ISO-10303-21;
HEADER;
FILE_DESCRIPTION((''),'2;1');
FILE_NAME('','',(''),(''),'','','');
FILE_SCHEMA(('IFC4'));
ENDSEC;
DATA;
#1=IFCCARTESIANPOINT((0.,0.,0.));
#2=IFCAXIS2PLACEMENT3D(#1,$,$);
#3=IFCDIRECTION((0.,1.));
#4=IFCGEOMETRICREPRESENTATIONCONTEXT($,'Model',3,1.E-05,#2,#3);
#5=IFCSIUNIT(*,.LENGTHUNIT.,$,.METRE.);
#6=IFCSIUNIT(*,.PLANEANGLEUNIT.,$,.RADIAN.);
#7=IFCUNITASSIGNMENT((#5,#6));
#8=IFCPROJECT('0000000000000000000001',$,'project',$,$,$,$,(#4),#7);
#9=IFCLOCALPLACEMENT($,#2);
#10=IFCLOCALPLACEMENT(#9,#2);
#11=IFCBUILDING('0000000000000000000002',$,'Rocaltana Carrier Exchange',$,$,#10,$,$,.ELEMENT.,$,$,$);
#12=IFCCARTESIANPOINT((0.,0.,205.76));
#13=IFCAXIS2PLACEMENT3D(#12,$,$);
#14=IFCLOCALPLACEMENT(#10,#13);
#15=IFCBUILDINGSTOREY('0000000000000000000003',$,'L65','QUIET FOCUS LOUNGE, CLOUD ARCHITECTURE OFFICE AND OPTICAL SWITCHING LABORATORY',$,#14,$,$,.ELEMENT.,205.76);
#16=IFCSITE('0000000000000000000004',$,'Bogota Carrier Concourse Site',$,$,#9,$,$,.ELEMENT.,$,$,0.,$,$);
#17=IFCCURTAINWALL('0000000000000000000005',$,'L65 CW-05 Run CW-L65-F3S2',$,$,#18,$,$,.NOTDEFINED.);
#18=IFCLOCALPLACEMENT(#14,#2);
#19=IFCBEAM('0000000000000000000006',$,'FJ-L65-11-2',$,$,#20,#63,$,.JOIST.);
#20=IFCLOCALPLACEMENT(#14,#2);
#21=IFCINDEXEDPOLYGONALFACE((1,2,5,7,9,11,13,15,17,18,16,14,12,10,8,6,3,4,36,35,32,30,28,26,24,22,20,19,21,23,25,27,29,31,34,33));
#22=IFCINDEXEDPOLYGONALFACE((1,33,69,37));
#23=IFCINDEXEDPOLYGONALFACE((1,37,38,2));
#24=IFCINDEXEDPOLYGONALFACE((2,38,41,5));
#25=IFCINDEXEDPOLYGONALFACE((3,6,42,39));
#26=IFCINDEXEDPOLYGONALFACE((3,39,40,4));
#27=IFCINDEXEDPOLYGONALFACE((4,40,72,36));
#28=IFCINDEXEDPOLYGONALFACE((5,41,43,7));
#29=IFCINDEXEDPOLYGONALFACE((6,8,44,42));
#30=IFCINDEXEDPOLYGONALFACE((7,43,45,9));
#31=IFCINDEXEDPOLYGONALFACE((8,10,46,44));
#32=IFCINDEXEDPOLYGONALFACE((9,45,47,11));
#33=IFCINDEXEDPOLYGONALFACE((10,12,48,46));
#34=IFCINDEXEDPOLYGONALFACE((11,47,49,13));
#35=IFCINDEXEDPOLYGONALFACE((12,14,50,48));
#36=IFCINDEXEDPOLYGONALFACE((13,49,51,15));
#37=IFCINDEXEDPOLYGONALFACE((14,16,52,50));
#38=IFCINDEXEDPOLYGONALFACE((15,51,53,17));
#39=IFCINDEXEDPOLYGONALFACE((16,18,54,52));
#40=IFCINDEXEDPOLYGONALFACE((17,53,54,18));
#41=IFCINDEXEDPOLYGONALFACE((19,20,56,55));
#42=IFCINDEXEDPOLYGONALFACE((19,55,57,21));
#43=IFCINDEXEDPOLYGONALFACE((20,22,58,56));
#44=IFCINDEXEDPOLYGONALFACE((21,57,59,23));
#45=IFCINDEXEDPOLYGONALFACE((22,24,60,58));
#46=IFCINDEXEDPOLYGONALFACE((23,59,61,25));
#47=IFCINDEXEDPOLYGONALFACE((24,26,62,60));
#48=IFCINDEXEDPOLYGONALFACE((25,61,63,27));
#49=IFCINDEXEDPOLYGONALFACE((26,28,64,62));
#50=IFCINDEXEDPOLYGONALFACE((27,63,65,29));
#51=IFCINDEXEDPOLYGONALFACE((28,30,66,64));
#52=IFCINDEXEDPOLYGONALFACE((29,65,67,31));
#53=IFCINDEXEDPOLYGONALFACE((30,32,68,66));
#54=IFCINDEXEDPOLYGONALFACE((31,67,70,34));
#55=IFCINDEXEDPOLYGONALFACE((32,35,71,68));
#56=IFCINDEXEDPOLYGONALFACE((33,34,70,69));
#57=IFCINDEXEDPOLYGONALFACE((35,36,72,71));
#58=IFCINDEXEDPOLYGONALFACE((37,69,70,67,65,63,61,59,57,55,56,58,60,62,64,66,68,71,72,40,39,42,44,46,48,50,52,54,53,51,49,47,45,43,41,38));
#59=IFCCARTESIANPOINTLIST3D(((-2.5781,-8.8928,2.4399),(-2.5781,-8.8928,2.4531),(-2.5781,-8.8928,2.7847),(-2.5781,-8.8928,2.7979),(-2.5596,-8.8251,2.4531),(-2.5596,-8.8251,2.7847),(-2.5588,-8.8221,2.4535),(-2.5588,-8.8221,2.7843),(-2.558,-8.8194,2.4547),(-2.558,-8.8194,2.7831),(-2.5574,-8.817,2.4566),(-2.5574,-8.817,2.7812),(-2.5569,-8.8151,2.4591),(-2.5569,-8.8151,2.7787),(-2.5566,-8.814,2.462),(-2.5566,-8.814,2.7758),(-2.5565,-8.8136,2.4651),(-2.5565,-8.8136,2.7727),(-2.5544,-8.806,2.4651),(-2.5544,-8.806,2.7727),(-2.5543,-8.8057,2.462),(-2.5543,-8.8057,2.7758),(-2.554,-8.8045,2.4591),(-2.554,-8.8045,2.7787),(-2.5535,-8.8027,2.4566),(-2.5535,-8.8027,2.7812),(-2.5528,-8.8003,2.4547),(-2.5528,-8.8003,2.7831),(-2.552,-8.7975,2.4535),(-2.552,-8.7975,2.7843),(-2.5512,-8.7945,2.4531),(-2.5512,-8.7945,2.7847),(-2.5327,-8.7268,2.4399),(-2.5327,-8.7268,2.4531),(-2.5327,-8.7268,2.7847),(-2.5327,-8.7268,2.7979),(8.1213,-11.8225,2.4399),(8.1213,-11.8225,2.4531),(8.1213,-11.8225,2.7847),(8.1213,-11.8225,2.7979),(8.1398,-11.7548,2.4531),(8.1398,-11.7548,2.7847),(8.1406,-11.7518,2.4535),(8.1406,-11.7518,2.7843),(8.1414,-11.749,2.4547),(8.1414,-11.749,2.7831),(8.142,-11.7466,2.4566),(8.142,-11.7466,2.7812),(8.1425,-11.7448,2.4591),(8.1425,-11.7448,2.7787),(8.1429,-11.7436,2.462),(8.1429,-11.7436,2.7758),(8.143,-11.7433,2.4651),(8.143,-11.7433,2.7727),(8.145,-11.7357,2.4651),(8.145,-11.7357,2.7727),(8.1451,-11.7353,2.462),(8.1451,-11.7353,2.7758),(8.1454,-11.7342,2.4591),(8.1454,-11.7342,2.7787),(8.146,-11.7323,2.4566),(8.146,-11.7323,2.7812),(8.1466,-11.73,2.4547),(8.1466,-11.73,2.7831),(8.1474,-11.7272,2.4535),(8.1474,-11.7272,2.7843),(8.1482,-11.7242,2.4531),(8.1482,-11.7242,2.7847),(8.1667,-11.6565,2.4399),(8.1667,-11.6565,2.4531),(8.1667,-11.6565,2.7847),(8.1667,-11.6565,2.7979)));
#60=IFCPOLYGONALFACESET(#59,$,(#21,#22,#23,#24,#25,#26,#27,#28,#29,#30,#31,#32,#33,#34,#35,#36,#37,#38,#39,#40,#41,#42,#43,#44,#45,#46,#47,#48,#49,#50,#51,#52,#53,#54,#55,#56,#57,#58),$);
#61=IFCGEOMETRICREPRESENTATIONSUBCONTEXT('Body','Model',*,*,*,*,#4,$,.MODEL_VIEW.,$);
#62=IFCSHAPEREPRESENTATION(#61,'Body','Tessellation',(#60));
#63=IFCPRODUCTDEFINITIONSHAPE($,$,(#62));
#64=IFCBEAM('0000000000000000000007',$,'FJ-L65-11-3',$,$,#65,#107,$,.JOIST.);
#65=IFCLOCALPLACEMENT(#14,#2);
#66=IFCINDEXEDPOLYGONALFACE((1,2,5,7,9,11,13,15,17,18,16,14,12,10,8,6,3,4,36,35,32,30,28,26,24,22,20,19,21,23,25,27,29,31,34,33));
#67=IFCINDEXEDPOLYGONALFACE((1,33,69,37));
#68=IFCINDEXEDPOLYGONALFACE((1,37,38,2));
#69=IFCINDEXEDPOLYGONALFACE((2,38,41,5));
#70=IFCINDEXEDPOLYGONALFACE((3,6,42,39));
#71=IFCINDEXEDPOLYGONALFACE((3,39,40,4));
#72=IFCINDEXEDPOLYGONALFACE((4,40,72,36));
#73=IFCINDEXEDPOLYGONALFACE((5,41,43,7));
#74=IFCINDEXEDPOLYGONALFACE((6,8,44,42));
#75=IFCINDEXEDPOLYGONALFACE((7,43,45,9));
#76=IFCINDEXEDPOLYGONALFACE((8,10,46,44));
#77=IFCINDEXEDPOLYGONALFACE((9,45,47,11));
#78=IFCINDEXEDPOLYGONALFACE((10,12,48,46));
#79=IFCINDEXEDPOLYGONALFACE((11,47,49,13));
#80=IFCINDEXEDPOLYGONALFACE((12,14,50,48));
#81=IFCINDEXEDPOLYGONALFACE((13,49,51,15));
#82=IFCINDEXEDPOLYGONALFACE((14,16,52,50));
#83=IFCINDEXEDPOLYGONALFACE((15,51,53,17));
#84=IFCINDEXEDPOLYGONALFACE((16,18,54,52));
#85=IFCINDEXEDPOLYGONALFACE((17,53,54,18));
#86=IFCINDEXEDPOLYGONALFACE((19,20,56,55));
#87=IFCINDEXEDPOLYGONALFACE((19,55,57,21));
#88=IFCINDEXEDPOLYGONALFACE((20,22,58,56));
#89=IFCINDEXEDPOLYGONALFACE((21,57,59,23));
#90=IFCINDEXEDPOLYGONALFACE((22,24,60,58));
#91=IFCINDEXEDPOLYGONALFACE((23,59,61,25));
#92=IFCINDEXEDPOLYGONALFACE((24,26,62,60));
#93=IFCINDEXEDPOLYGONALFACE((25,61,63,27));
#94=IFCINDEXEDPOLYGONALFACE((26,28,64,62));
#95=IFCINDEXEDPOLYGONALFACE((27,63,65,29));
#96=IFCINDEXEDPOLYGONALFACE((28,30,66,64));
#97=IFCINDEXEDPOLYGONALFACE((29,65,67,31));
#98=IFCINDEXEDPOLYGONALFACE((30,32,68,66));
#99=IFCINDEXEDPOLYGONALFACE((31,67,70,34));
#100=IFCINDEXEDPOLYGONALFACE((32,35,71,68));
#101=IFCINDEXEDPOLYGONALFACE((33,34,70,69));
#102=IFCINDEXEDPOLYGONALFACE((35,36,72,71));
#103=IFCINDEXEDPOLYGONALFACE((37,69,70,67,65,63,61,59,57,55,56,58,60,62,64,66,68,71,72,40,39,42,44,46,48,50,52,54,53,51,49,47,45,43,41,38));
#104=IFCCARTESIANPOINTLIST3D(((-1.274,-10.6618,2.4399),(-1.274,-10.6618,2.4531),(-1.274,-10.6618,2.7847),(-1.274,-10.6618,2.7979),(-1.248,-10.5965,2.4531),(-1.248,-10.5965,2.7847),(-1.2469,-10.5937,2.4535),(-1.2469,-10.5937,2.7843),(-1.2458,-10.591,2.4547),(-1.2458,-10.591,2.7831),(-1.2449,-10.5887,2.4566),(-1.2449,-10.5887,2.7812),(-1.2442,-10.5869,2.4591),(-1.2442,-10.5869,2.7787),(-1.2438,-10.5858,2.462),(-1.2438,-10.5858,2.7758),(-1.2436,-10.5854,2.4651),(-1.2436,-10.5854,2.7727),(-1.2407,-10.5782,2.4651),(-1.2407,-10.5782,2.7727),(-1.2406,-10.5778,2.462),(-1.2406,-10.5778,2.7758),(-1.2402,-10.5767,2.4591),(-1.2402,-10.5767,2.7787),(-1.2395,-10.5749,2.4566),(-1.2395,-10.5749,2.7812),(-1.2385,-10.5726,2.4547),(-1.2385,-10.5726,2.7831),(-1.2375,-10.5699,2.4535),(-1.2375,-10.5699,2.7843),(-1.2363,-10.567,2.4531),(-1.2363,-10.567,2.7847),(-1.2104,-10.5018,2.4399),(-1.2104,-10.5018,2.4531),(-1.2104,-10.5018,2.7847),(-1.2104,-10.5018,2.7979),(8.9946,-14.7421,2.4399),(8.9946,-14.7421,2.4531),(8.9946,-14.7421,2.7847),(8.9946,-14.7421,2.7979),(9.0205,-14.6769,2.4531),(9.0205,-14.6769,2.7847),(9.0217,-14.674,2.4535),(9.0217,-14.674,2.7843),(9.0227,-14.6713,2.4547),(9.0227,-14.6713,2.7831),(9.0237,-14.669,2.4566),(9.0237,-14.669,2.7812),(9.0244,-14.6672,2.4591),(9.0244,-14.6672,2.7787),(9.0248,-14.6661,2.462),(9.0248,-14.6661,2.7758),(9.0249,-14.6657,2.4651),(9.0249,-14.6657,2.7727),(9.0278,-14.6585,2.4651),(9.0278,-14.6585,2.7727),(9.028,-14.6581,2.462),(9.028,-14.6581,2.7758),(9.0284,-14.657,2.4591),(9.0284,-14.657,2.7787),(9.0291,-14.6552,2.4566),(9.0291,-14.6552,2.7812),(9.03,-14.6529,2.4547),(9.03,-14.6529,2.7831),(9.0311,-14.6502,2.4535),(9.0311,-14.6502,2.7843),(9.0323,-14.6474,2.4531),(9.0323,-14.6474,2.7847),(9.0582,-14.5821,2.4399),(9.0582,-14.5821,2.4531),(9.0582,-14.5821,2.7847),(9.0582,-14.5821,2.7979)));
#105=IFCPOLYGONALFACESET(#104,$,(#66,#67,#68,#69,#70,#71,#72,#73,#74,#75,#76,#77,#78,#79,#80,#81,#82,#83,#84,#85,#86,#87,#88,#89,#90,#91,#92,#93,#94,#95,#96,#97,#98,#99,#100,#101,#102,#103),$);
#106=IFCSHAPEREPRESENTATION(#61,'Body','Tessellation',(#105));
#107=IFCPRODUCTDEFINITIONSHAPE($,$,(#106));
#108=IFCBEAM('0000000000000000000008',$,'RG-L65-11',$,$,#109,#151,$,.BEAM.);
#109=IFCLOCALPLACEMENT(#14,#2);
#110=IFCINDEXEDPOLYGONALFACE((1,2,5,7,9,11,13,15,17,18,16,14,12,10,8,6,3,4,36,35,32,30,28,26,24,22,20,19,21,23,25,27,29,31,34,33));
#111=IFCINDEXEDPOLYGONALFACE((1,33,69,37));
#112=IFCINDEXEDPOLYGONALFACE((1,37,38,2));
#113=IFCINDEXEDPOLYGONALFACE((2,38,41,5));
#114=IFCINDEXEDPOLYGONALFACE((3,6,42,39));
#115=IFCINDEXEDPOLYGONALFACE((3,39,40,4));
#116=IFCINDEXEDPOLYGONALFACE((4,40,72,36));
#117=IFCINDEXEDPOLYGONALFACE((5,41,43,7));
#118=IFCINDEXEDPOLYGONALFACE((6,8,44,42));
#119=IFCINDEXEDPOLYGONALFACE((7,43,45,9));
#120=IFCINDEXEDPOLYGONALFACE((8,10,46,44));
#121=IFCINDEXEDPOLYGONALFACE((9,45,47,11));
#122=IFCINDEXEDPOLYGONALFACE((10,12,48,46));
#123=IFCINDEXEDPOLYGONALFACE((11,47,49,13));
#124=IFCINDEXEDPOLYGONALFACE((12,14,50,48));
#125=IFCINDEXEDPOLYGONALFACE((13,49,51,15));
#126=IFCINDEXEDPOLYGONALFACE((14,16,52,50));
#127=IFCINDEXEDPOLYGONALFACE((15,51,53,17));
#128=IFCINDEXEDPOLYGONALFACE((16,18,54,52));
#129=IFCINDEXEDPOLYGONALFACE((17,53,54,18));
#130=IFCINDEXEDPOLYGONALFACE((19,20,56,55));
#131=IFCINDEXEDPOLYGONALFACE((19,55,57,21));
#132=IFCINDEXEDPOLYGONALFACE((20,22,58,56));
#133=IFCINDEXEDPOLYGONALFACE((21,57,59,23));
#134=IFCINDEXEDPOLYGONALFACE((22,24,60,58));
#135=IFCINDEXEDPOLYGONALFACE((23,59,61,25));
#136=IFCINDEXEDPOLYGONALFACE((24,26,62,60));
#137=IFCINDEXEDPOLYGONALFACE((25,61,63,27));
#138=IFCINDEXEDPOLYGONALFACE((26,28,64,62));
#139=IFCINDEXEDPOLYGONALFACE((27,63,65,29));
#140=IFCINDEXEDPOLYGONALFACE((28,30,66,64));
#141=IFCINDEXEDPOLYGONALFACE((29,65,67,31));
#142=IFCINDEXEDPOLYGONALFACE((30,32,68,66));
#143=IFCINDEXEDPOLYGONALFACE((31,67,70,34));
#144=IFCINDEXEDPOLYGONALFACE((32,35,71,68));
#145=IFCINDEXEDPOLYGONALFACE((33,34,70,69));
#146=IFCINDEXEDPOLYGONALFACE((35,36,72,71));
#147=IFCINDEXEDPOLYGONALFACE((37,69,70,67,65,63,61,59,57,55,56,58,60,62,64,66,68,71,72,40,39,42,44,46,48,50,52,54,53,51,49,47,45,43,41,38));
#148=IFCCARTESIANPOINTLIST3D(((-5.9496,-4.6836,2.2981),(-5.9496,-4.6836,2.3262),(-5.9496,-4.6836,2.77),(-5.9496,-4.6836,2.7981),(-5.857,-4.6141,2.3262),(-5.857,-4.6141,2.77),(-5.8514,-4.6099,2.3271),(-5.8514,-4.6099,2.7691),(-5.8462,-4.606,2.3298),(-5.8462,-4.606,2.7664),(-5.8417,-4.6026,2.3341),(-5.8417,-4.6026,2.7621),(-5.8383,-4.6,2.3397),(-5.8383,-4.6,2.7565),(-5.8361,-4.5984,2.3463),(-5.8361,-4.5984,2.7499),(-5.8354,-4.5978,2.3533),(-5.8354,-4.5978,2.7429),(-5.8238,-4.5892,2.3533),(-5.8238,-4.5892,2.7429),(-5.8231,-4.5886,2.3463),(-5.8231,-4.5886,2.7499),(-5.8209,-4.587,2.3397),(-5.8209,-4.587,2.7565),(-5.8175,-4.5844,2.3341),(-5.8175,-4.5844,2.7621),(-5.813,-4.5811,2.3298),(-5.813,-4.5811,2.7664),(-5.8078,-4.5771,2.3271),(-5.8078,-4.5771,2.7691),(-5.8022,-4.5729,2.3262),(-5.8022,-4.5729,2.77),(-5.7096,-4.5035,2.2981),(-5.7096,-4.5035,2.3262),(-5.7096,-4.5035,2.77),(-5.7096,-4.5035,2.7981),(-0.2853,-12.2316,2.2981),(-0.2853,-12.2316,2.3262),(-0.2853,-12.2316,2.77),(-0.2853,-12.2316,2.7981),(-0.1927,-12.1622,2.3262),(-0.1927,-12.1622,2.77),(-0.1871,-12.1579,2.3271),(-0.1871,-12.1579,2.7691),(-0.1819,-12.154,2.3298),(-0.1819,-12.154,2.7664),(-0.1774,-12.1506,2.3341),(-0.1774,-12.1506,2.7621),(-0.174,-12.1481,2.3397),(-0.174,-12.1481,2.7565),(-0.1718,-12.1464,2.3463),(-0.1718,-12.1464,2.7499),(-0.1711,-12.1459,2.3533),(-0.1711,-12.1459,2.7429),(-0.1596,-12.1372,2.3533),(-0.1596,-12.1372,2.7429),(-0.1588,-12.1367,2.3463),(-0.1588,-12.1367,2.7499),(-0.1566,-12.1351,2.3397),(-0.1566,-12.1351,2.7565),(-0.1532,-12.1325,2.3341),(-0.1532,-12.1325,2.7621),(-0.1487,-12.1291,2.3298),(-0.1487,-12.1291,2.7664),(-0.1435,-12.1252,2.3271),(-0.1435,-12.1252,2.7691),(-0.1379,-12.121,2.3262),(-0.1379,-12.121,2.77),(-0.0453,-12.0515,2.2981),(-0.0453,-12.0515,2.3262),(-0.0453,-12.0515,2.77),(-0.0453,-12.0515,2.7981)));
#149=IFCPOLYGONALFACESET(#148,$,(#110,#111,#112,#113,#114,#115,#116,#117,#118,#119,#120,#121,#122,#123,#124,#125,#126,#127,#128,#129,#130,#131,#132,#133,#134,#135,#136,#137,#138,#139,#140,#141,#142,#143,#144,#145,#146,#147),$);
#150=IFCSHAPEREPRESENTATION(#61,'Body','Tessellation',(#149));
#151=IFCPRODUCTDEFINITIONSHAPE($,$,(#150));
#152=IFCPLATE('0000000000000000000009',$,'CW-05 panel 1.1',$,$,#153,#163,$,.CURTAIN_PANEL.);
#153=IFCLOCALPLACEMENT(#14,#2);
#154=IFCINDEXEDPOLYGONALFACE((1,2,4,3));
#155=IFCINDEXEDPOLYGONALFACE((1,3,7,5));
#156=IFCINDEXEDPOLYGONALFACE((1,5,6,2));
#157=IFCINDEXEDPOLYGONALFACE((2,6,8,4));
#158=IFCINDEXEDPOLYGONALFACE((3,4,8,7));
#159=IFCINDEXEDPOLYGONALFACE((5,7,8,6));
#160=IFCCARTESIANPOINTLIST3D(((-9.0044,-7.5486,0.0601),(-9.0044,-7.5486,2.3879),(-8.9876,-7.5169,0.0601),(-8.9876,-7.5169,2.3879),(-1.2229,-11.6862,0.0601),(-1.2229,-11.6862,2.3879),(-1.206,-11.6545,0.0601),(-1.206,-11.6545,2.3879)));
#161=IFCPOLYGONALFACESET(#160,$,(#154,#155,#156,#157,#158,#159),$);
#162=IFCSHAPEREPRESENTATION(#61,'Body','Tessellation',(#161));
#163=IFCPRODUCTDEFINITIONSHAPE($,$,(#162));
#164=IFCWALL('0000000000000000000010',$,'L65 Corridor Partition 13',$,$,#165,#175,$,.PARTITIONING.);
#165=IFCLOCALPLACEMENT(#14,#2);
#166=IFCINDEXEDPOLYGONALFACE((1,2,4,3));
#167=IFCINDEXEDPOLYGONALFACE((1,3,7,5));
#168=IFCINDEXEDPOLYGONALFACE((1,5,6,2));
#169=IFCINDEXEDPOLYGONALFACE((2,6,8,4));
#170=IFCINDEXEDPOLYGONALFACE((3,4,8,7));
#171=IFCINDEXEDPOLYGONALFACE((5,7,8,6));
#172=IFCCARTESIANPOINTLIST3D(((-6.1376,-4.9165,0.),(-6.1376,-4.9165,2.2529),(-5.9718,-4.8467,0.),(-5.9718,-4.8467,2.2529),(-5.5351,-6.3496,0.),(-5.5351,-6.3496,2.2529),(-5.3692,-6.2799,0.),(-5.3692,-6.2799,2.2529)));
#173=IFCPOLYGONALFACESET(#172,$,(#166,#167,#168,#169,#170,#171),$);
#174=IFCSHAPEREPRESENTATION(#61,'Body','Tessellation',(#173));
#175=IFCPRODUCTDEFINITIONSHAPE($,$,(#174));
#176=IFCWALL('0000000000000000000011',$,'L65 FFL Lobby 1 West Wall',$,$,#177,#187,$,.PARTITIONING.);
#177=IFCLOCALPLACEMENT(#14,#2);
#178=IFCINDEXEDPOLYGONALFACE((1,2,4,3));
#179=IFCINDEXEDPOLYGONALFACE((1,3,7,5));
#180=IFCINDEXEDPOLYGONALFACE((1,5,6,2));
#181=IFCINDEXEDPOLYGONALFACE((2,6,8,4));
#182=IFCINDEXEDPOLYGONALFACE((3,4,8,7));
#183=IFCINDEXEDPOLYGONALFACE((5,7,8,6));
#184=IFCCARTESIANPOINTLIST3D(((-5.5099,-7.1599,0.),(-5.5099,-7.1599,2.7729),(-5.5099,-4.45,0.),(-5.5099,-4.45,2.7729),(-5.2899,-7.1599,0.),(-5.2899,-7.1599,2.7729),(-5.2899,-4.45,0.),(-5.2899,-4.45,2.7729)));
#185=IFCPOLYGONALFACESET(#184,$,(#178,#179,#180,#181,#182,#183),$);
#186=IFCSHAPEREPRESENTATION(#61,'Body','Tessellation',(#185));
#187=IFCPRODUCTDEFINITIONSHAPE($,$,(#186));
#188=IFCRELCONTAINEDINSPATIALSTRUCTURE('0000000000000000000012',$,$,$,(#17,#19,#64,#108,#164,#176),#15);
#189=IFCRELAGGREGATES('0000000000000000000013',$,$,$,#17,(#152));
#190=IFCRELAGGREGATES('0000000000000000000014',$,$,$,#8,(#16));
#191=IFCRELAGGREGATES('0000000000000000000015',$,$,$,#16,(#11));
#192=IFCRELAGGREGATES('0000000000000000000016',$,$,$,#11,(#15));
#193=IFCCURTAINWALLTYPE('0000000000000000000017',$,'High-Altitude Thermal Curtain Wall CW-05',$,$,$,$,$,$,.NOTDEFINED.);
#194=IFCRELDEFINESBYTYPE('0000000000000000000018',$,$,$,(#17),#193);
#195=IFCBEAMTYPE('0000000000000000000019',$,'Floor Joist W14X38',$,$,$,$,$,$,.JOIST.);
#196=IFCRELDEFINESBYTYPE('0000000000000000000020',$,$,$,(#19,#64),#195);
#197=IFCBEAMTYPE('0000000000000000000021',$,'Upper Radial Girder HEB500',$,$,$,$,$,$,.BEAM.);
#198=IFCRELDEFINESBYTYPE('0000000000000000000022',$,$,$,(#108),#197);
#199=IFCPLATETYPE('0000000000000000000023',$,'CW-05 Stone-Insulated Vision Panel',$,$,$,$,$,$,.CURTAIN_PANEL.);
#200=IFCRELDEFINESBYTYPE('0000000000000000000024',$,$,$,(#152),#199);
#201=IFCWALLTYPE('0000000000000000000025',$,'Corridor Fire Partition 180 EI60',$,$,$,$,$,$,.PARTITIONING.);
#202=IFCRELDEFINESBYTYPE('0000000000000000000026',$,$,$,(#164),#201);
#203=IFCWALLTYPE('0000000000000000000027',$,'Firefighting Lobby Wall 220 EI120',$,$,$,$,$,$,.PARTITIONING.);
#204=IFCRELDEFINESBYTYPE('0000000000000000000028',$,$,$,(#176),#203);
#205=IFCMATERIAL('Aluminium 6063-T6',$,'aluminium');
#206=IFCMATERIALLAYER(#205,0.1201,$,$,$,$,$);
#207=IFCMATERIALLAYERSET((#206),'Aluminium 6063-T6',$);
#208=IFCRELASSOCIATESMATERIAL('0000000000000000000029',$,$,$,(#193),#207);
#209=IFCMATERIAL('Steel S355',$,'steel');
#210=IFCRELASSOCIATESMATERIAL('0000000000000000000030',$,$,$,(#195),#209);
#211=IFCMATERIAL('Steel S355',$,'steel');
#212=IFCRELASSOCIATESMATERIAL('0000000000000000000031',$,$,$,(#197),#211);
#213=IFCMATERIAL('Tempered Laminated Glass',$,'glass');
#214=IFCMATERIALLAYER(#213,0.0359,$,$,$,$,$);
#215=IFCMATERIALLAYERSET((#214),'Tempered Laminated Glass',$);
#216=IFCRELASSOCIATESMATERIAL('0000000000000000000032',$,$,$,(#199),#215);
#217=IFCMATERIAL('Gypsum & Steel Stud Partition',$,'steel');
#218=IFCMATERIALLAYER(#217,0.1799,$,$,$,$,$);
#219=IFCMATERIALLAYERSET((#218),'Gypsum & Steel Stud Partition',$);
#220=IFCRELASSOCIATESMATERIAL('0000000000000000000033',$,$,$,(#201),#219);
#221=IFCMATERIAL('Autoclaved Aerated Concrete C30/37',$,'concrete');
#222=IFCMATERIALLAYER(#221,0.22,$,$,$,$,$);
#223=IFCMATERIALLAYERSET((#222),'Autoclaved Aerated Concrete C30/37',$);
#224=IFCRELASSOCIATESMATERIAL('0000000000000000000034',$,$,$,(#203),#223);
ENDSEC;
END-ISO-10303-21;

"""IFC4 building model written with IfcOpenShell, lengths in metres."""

from ifc_helpers import new_model, si_unit, direction, frame, frame_2d, origin, origin_2d, place, context, subcontext, project, spatial, rectangle, i_section, extrude, material, layer, layer_set, material_profile, profile_set, type_object, element, aggregate, save


model = new_model("IFC4")

# Units and contexts
model_context = context("Model", 3, precision=1e-05, world=origin(), true_north=direction((0.0, 1.0)))
body_context = subcontext(model_context, "Body", "Model", "MODEL_VIEW")
ifc_project = project(units=[si_unit("LENGTHUNIT", "METRE"), si_unit("PLANEANGLEUNIT", "RADIAN")], contexts=[model_context])

# Site, building, storey
site_placement = place(None, origin())
site = spatial("IfcSite", under=ifc_project, at=site_placement, Name="Bogota Carrier Concourse Site", CompositionType="ELEMENT", RefElevation=0.0)
building_placement = place(site_placement, origin())
building = spatial("IfcBuilding", under=site, at=building_placement, Name="Rocaltana Carrier Exchange", CompositionType="ELEMENT")
storey_placement = place(building_placement, frame((0.0, 0.0, 205.76)))
storey = spatial("IfcBuildingStorey", under=building, at=storey_placement, Name="L65", Description="QUIET FOCUS LOUNGE, CLOUD ARCHITECTURE OFFICE AND OPTICAL SWITCHING LABORATORY", CompositionType="ELEMENT", Elevation=205.76)

# Curtain wall
ifc_material_1 = material(Name="Aluminium 6063-T6", Category="aluminium")
ifc_layer_1 = layer(ifc_material_1, 0.1201)
ifc_layer_set_1 = layer_set([ifc_layer_1], Name="Aluminium 6063-T6")
curtain_wall_type = type_object("IfcCurtainWallType", Name="High-Altitude Thermal Curtain Wall CW-05", PredefinedType="NOTDEFINED", material=ifc_layer_set_1)
curtain_wall_placement = place(storey_placement, origin())
curtain_wall = element("IfcCurtainWall", 1, at=curtain_wall_placement, inside=storey, type_object=curtain_wall_type, Name="L65 CW-05 Run CW-L65-F3S2", PredefinedType="NOTDEFINED")

# Beams
ifc_material_2 = material(Name="Steel S355", Category="steel")
ifc_material_profile_1 = material_profile(ifc_material_2, i_section(OverallWidth=0.1721, OverallDepth=0.3579, WebThickness=0.0078, FlangeThickness=0.0132, FilletRadius=0.012, at=origin_2d()), Name="W14X38")
ifc_profile_set_1 = profile_set([ifc_material_profile_1], Name="Steel S355")
beam_type_1 = type_object("IfcBeamType", Name="Floor Joist W14X38", PredefinedType="JOIST", material=ifc_profile_set_1)
beam_1_placement = place(storey_placement, frame((-2.5554, -8.8098, 2.6189), z_axis=(0.964497, -0.264095, 0.0), x_axis=(0.264095, 0.964497, 0.0)))
element("IfcBeam", 2, at=beam_1_placement, inside=storey, type_object=beam_type_1, Name="FJ-L65-11-2", PredefinedType="JOIST", context=body_context, shape_type="SweptSolid", body=[
    extrude(i_section(OverallWidth=0.1721, OverallDepth=0.3579, WebThickness=0.0078, FlangeThickness=0.0132, FilletRadius=0.012, at=origin_2d()), origin(), (0.0, 0.0, 1.0), 11.0933),
])
beam_2_placement = place(storey_placement, frame((-1.2422, -10.5818, 2.6189), z_axis=(0.92932, -0.369275, 0.0), x_axis=(0.369275, 0.92932, 0.0)))
element("IfcBeam", 3, at=beam_2_placement, inside=storey, type_object=beam_type_1, Name="FJ-L65-11-3", PredefinedType="JOIST", context=body_context, shape_type="SweptSolid", body=[
    extrude(i_section(OverallWidth=0.1721, OverallDepth=0.3579, WebThickness=0.0078, FlangeThickness=0.0132, FilletRadius=0.012, at=origin_2d()), origin(), (0.0, 0.0, 1.0), 11.0496),
])
ifc_material_3 = material(Name="Steel S355", Category="steel")
ifc_material_profile_2 = material_profile(ifc_material_3, i_section(OverallWidth=0.3, OverallDepth=0.5, WebThickness=0.0144, FlangeThickness=0.0281, FilletRadius=0.0271, at=origin_2d()), Name="HEB500")
ifc_profile_set_2 = profile_set([ifc_material_profile_2], Name="Steel S355")
beam_type_2 = type_object("IfcBeamType", Name="Upper Radial Girder HEB500", PredefinedType="BEAM", material=ifc_profile_set_2)
beam_3_placement = place(storey_placement, frame((-5.8296, -4.5935, 2.5481), z_axis=(0.600219, -0.799835, 0.0), x_axis=(0.799835, 0.600219, 0.0)))
element("IfcBeam", 4, at=beam_3_placement, inside=storey, type_object=beam_type_2, Name="RG-L65-11", PredefinedType="BEAM", context=body_context, shape_type="SweptSolid", body=[
    extrude(i_section(OverallWidth=0.3, OverallDepth=0.5, WebThickness=0.0144, FlangeThickness=0.0281, FilletRadius=0.0271, at=origin_2d()), origin(), (0.0, 0.0, 1.0), 9.437),
])

# Plate
ifc_material_4 = material(Name="Tempered Laminated Glass", Category="glass")
ifc_layer_2 = layer(ifc_material_4, 0.0359)
ifc_layer_set_2 = layer_set([ifc_layer_2], Name="Tempered Laminated Glass")
plate_type = type_object("IfcPlateType", Name="CW-05 Stone-Insulated Vision Panel", PredefinedType="CURTAIN_PANEL", material=ifc_layer_set_2)
plate_placement = place(storey_placement, frame((-5.1052, -9.6016, 0.0601), z_axis=(0.0, 0.0, 1.0), x_axis=(0.882943, -0.469479, 0.0)))
plate = element("IfcPlate", 5, at=plate_placement, type_object=plate_type, Name="CW-05 panel 1.1", PredefinedType="CURTAIN_PANEL", context=body_context, shape_type="SweptSolid", body=[
    extrude(rectangle(XDim=8.8132, YDim=0.0359, at=origin_2d()), origin(), (0.0, 0.0, 1.0), 2.3279),
])
aggregate(curtain_wall, [plate])

# Walls
ifc_material_5 = material(Name="Gypsum & Steel Stud Partition", Category="steel")
ifc_layer_3 = layer(ifc_material_5, 0.1799)
ifc_layer_set_3 = layer_set([ifc_layer_3], Name="Gypsum & Steel Stud Partition")
wall_type_1 = type_object("IfcWallType", Name="Corridor Fire Partition 180 EI60", PredefinedType="PARTITIONING", material=ifc_layer_set_3)
wall_1_placement = place(storey_placement, frame((-6.0547, -4.8816, 0.0), z_axis=(0.0, 0.0, 1.0), x_axis=(0.38758, -0.921836, 0.0)))
element("IfcWall", 6, at=wall_1_placement, inside=storey, type_object=wall_type_1, Name="L65 Corridor Partition 13", PredefinedType="PARTITIONING", context=body_context, shape_type="SweptSolid", body=[
    extrude(rectangle(XDim=1.5547, YDim=0.1799, at=frame_2d((0.7773, 0.0))), origin(), (0.0, 0.0, 1.0), 2.2529),
])
ifc_material_6 = material(Name="Autoclaved Aerated Concrete C30/37", Category="concrete")
ifc_layer_4 = layer(ifc_material_6, 0.22)
ifc_layer_set_4 = layer_set([ifc_layer_4], Name="Autoclaved Aerated Concrete C30/37")
wall_type_2 = type_object("IfcWallType", Name="Firefighting Lobby Wall 220 EI120", PredefinedType="PARTITIONING", material=ifc_layer_set_4)
wall_2_placement = place(storey_placement, frame((-5.3999, -7.1599, 0.0), z_axis=(0.0, 0.0, 1.0), x_axis=(0.0, 1.0, 0.0)))
element("IfcWall", 7, at=wall_2_placement, inside=storey, type_object=wall_type_2, Name="L65 FFL Lobby 1 West Wall", PredefinedType="PARTITIONING", context=body_context, shape_type="SweptSolid", body=[
    extrude(rectangle(XDim=2.71, YDim=0.22, at=frame_2d((1.355, 0.0))), origin(), (0.0, 0.0, 1.0), 2.7729),
])

save(model, "model.ifc")
